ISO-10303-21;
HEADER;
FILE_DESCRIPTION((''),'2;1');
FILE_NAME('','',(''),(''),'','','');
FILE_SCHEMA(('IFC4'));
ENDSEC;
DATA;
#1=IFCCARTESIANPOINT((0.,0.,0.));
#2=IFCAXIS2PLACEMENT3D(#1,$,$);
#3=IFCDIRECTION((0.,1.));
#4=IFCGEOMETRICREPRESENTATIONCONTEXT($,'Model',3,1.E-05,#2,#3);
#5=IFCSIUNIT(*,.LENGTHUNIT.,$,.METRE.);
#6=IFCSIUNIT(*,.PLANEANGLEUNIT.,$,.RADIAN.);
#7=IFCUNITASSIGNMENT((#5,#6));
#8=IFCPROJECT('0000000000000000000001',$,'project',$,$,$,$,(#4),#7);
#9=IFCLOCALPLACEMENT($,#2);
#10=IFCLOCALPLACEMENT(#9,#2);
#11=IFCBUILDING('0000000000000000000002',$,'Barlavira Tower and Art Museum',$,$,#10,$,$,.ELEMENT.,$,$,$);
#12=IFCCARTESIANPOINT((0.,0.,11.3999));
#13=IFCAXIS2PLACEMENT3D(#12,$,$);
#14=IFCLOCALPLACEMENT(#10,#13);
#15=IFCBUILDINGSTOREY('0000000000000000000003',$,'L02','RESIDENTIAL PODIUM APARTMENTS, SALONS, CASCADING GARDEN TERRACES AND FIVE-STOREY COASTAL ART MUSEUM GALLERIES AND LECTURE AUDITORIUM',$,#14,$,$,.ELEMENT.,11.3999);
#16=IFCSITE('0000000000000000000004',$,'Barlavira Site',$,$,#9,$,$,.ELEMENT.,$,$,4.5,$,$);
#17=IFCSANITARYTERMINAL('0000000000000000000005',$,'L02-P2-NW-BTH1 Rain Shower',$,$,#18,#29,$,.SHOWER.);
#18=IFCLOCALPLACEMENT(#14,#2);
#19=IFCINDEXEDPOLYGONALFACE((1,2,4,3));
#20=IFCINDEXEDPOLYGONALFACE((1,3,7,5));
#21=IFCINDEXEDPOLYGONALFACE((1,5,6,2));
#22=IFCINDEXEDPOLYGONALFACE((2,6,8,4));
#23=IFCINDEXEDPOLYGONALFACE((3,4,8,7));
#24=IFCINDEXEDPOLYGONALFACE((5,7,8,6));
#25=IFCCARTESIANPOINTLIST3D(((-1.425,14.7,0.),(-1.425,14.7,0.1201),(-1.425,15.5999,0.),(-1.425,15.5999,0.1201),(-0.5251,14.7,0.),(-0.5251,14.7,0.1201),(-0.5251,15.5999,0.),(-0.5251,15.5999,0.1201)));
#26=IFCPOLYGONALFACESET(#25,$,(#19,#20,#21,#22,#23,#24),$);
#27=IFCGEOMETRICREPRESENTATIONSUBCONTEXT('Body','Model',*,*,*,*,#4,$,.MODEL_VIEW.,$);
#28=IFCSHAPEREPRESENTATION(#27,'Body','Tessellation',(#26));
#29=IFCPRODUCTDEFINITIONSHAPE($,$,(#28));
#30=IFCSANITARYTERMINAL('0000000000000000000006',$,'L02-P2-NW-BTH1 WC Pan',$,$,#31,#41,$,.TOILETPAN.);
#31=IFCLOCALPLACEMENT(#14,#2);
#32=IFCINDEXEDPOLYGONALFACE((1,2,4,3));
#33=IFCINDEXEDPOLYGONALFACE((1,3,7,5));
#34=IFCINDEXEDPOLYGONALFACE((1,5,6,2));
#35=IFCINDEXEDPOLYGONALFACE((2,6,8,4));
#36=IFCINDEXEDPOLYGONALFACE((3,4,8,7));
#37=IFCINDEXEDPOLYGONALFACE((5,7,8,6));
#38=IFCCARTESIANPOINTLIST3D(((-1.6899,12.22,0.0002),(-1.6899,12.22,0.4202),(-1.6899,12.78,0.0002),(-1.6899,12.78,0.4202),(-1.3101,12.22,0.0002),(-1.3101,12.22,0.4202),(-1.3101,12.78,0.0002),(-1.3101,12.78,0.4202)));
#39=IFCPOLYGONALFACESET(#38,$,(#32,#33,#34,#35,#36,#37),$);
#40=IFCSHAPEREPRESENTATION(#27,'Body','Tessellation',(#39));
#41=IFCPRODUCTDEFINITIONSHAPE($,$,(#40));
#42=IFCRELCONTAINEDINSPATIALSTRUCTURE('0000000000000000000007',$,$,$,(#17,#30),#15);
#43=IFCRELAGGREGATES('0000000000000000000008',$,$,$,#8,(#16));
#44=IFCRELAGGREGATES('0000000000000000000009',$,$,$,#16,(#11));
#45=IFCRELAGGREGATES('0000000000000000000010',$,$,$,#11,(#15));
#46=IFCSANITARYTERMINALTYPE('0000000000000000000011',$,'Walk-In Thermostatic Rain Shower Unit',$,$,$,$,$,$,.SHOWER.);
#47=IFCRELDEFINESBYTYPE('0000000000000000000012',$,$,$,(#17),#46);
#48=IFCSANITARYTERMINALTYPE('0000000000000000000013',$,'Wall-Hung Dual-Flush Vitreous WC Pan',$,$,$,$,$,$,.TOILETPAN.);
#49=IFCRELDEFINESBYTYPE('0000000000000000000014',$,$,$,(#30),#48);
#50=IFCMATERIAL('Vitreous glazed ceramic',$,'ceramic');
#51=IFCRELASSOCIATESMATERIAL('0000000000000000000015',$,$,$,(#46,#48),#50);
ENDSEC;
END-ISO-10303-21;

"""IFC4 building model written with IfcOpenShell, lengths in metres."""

from ifc_helpers import new_model, si_unit, direction, frame, origin, origin_2d, place, context, subcontext, project, spatial, rectangle, extrude, material, type_object, element, save


model = new_model("IFC4")

# Units and contexts
model_context = context("Model", 3, precision=1e-05, world=origin(), true_north=direction((0.0, 1.0)))
body_context = subcontext(model_context, "Body", "Model", "MODEL_VIEW")
ifc_project = project(units=[si_unit("LENGTHUNIT", "METRE"), si_unit("PLANEANGLEUNIT", "RADIAN")], contexts=[model_context])

# Site, building, storey
site_placement = place(None, origin())
site = spatial("IfcSite", under=ifc_project, at=site_placement, Name="Barlavira Site", CompositionType="ELEMENT", RefElevation=4.5)
building_placement = place(site_placement, origin())
building = spatial("IfcBuilding", under=site, at=building_placement, Name="Barlavira Tower and Art Museum", CompositionType="ELEMENT")
storey_placement = place(building_placement, frame((0.0, 0.0, 11.3999)))
storey = spatial("IfcBuildingStorey", under=building, at=storey_placement, Name="L02", Description="RESIDENTIAL PODIUM APARTMENTS, SALONS, CASCADING GARDEN TERRACES AND FIVE-STOREY COASTAL ART MUSEUM GALLERIES AND LECTURE AUDITORIUM", CompositionType="ELEMENT", Elevation=11.3999)

# Sanitary terminals
ifc_material_1 = material(Name="Vitreous glazed ceramic", Category="ceramic")
sanitary_terminal_type_1 = type_object("IfcSanitaryTerminalType", Name="Walk-In Thermostatic Rain Shower Unit", PredefinedType="SHOWER", material=ifc_material_1)
sanitary_terminal_1_placement = place(storey_placement, frame((-0.9751, 15.1499, 0.0), z_axis=(0.0, 0.0, 1.0), x_axis=(1.0, 0.0, 0.0)))
element("IfcSanitaryTerminal", 1, at=sanitary_terminal_1_placement, inside=storey, type_object=sanitary_terminal_type_1, Name="L02-P2-NW-BTH1 Rain Shower", PredefinedType="SHOWER", context=body_context, shape_type="SweptSolid", body=[
    extrude(rectangle(XDim=0.8999, YDim=0.8999, at=origin_2d()), origin(), (0.0, 0.0, 1.0), 0.1201),
])
sanitary_terminal_type_2 = type_object("IfcSanitaryTerminalType", Name="Wall-Hung Dual-Flush Vitreous WC Pan", PredefinedType="TOILETPAN", material=ifc_material_1)
sanitary_terminal_2_placement = place(storey_placement, frame((-1.5, 12.5, 0.0002), z_axis=(0.0, 0.0, 1.0), x_axis=(1.0, 0.0, 0.0)))
element("IfcSanitaryTerminal", 2, at=sanitary_terminal_2_placement, inside=storey, type_object=sanitary_terminal_type_2, Name="L02-P2-NW-BTH1 WC Pan", PredefinedType="TOILETPAN", context=body_context, shape_type="SweptSolid", body=[
    extrude(rectangle(XDim=0.3799, YDim=0.5601, at=origin_2d()), origin(), (0.0, 0.0, 1.0), 0.4199),
])

save(model, "model.ifc")
